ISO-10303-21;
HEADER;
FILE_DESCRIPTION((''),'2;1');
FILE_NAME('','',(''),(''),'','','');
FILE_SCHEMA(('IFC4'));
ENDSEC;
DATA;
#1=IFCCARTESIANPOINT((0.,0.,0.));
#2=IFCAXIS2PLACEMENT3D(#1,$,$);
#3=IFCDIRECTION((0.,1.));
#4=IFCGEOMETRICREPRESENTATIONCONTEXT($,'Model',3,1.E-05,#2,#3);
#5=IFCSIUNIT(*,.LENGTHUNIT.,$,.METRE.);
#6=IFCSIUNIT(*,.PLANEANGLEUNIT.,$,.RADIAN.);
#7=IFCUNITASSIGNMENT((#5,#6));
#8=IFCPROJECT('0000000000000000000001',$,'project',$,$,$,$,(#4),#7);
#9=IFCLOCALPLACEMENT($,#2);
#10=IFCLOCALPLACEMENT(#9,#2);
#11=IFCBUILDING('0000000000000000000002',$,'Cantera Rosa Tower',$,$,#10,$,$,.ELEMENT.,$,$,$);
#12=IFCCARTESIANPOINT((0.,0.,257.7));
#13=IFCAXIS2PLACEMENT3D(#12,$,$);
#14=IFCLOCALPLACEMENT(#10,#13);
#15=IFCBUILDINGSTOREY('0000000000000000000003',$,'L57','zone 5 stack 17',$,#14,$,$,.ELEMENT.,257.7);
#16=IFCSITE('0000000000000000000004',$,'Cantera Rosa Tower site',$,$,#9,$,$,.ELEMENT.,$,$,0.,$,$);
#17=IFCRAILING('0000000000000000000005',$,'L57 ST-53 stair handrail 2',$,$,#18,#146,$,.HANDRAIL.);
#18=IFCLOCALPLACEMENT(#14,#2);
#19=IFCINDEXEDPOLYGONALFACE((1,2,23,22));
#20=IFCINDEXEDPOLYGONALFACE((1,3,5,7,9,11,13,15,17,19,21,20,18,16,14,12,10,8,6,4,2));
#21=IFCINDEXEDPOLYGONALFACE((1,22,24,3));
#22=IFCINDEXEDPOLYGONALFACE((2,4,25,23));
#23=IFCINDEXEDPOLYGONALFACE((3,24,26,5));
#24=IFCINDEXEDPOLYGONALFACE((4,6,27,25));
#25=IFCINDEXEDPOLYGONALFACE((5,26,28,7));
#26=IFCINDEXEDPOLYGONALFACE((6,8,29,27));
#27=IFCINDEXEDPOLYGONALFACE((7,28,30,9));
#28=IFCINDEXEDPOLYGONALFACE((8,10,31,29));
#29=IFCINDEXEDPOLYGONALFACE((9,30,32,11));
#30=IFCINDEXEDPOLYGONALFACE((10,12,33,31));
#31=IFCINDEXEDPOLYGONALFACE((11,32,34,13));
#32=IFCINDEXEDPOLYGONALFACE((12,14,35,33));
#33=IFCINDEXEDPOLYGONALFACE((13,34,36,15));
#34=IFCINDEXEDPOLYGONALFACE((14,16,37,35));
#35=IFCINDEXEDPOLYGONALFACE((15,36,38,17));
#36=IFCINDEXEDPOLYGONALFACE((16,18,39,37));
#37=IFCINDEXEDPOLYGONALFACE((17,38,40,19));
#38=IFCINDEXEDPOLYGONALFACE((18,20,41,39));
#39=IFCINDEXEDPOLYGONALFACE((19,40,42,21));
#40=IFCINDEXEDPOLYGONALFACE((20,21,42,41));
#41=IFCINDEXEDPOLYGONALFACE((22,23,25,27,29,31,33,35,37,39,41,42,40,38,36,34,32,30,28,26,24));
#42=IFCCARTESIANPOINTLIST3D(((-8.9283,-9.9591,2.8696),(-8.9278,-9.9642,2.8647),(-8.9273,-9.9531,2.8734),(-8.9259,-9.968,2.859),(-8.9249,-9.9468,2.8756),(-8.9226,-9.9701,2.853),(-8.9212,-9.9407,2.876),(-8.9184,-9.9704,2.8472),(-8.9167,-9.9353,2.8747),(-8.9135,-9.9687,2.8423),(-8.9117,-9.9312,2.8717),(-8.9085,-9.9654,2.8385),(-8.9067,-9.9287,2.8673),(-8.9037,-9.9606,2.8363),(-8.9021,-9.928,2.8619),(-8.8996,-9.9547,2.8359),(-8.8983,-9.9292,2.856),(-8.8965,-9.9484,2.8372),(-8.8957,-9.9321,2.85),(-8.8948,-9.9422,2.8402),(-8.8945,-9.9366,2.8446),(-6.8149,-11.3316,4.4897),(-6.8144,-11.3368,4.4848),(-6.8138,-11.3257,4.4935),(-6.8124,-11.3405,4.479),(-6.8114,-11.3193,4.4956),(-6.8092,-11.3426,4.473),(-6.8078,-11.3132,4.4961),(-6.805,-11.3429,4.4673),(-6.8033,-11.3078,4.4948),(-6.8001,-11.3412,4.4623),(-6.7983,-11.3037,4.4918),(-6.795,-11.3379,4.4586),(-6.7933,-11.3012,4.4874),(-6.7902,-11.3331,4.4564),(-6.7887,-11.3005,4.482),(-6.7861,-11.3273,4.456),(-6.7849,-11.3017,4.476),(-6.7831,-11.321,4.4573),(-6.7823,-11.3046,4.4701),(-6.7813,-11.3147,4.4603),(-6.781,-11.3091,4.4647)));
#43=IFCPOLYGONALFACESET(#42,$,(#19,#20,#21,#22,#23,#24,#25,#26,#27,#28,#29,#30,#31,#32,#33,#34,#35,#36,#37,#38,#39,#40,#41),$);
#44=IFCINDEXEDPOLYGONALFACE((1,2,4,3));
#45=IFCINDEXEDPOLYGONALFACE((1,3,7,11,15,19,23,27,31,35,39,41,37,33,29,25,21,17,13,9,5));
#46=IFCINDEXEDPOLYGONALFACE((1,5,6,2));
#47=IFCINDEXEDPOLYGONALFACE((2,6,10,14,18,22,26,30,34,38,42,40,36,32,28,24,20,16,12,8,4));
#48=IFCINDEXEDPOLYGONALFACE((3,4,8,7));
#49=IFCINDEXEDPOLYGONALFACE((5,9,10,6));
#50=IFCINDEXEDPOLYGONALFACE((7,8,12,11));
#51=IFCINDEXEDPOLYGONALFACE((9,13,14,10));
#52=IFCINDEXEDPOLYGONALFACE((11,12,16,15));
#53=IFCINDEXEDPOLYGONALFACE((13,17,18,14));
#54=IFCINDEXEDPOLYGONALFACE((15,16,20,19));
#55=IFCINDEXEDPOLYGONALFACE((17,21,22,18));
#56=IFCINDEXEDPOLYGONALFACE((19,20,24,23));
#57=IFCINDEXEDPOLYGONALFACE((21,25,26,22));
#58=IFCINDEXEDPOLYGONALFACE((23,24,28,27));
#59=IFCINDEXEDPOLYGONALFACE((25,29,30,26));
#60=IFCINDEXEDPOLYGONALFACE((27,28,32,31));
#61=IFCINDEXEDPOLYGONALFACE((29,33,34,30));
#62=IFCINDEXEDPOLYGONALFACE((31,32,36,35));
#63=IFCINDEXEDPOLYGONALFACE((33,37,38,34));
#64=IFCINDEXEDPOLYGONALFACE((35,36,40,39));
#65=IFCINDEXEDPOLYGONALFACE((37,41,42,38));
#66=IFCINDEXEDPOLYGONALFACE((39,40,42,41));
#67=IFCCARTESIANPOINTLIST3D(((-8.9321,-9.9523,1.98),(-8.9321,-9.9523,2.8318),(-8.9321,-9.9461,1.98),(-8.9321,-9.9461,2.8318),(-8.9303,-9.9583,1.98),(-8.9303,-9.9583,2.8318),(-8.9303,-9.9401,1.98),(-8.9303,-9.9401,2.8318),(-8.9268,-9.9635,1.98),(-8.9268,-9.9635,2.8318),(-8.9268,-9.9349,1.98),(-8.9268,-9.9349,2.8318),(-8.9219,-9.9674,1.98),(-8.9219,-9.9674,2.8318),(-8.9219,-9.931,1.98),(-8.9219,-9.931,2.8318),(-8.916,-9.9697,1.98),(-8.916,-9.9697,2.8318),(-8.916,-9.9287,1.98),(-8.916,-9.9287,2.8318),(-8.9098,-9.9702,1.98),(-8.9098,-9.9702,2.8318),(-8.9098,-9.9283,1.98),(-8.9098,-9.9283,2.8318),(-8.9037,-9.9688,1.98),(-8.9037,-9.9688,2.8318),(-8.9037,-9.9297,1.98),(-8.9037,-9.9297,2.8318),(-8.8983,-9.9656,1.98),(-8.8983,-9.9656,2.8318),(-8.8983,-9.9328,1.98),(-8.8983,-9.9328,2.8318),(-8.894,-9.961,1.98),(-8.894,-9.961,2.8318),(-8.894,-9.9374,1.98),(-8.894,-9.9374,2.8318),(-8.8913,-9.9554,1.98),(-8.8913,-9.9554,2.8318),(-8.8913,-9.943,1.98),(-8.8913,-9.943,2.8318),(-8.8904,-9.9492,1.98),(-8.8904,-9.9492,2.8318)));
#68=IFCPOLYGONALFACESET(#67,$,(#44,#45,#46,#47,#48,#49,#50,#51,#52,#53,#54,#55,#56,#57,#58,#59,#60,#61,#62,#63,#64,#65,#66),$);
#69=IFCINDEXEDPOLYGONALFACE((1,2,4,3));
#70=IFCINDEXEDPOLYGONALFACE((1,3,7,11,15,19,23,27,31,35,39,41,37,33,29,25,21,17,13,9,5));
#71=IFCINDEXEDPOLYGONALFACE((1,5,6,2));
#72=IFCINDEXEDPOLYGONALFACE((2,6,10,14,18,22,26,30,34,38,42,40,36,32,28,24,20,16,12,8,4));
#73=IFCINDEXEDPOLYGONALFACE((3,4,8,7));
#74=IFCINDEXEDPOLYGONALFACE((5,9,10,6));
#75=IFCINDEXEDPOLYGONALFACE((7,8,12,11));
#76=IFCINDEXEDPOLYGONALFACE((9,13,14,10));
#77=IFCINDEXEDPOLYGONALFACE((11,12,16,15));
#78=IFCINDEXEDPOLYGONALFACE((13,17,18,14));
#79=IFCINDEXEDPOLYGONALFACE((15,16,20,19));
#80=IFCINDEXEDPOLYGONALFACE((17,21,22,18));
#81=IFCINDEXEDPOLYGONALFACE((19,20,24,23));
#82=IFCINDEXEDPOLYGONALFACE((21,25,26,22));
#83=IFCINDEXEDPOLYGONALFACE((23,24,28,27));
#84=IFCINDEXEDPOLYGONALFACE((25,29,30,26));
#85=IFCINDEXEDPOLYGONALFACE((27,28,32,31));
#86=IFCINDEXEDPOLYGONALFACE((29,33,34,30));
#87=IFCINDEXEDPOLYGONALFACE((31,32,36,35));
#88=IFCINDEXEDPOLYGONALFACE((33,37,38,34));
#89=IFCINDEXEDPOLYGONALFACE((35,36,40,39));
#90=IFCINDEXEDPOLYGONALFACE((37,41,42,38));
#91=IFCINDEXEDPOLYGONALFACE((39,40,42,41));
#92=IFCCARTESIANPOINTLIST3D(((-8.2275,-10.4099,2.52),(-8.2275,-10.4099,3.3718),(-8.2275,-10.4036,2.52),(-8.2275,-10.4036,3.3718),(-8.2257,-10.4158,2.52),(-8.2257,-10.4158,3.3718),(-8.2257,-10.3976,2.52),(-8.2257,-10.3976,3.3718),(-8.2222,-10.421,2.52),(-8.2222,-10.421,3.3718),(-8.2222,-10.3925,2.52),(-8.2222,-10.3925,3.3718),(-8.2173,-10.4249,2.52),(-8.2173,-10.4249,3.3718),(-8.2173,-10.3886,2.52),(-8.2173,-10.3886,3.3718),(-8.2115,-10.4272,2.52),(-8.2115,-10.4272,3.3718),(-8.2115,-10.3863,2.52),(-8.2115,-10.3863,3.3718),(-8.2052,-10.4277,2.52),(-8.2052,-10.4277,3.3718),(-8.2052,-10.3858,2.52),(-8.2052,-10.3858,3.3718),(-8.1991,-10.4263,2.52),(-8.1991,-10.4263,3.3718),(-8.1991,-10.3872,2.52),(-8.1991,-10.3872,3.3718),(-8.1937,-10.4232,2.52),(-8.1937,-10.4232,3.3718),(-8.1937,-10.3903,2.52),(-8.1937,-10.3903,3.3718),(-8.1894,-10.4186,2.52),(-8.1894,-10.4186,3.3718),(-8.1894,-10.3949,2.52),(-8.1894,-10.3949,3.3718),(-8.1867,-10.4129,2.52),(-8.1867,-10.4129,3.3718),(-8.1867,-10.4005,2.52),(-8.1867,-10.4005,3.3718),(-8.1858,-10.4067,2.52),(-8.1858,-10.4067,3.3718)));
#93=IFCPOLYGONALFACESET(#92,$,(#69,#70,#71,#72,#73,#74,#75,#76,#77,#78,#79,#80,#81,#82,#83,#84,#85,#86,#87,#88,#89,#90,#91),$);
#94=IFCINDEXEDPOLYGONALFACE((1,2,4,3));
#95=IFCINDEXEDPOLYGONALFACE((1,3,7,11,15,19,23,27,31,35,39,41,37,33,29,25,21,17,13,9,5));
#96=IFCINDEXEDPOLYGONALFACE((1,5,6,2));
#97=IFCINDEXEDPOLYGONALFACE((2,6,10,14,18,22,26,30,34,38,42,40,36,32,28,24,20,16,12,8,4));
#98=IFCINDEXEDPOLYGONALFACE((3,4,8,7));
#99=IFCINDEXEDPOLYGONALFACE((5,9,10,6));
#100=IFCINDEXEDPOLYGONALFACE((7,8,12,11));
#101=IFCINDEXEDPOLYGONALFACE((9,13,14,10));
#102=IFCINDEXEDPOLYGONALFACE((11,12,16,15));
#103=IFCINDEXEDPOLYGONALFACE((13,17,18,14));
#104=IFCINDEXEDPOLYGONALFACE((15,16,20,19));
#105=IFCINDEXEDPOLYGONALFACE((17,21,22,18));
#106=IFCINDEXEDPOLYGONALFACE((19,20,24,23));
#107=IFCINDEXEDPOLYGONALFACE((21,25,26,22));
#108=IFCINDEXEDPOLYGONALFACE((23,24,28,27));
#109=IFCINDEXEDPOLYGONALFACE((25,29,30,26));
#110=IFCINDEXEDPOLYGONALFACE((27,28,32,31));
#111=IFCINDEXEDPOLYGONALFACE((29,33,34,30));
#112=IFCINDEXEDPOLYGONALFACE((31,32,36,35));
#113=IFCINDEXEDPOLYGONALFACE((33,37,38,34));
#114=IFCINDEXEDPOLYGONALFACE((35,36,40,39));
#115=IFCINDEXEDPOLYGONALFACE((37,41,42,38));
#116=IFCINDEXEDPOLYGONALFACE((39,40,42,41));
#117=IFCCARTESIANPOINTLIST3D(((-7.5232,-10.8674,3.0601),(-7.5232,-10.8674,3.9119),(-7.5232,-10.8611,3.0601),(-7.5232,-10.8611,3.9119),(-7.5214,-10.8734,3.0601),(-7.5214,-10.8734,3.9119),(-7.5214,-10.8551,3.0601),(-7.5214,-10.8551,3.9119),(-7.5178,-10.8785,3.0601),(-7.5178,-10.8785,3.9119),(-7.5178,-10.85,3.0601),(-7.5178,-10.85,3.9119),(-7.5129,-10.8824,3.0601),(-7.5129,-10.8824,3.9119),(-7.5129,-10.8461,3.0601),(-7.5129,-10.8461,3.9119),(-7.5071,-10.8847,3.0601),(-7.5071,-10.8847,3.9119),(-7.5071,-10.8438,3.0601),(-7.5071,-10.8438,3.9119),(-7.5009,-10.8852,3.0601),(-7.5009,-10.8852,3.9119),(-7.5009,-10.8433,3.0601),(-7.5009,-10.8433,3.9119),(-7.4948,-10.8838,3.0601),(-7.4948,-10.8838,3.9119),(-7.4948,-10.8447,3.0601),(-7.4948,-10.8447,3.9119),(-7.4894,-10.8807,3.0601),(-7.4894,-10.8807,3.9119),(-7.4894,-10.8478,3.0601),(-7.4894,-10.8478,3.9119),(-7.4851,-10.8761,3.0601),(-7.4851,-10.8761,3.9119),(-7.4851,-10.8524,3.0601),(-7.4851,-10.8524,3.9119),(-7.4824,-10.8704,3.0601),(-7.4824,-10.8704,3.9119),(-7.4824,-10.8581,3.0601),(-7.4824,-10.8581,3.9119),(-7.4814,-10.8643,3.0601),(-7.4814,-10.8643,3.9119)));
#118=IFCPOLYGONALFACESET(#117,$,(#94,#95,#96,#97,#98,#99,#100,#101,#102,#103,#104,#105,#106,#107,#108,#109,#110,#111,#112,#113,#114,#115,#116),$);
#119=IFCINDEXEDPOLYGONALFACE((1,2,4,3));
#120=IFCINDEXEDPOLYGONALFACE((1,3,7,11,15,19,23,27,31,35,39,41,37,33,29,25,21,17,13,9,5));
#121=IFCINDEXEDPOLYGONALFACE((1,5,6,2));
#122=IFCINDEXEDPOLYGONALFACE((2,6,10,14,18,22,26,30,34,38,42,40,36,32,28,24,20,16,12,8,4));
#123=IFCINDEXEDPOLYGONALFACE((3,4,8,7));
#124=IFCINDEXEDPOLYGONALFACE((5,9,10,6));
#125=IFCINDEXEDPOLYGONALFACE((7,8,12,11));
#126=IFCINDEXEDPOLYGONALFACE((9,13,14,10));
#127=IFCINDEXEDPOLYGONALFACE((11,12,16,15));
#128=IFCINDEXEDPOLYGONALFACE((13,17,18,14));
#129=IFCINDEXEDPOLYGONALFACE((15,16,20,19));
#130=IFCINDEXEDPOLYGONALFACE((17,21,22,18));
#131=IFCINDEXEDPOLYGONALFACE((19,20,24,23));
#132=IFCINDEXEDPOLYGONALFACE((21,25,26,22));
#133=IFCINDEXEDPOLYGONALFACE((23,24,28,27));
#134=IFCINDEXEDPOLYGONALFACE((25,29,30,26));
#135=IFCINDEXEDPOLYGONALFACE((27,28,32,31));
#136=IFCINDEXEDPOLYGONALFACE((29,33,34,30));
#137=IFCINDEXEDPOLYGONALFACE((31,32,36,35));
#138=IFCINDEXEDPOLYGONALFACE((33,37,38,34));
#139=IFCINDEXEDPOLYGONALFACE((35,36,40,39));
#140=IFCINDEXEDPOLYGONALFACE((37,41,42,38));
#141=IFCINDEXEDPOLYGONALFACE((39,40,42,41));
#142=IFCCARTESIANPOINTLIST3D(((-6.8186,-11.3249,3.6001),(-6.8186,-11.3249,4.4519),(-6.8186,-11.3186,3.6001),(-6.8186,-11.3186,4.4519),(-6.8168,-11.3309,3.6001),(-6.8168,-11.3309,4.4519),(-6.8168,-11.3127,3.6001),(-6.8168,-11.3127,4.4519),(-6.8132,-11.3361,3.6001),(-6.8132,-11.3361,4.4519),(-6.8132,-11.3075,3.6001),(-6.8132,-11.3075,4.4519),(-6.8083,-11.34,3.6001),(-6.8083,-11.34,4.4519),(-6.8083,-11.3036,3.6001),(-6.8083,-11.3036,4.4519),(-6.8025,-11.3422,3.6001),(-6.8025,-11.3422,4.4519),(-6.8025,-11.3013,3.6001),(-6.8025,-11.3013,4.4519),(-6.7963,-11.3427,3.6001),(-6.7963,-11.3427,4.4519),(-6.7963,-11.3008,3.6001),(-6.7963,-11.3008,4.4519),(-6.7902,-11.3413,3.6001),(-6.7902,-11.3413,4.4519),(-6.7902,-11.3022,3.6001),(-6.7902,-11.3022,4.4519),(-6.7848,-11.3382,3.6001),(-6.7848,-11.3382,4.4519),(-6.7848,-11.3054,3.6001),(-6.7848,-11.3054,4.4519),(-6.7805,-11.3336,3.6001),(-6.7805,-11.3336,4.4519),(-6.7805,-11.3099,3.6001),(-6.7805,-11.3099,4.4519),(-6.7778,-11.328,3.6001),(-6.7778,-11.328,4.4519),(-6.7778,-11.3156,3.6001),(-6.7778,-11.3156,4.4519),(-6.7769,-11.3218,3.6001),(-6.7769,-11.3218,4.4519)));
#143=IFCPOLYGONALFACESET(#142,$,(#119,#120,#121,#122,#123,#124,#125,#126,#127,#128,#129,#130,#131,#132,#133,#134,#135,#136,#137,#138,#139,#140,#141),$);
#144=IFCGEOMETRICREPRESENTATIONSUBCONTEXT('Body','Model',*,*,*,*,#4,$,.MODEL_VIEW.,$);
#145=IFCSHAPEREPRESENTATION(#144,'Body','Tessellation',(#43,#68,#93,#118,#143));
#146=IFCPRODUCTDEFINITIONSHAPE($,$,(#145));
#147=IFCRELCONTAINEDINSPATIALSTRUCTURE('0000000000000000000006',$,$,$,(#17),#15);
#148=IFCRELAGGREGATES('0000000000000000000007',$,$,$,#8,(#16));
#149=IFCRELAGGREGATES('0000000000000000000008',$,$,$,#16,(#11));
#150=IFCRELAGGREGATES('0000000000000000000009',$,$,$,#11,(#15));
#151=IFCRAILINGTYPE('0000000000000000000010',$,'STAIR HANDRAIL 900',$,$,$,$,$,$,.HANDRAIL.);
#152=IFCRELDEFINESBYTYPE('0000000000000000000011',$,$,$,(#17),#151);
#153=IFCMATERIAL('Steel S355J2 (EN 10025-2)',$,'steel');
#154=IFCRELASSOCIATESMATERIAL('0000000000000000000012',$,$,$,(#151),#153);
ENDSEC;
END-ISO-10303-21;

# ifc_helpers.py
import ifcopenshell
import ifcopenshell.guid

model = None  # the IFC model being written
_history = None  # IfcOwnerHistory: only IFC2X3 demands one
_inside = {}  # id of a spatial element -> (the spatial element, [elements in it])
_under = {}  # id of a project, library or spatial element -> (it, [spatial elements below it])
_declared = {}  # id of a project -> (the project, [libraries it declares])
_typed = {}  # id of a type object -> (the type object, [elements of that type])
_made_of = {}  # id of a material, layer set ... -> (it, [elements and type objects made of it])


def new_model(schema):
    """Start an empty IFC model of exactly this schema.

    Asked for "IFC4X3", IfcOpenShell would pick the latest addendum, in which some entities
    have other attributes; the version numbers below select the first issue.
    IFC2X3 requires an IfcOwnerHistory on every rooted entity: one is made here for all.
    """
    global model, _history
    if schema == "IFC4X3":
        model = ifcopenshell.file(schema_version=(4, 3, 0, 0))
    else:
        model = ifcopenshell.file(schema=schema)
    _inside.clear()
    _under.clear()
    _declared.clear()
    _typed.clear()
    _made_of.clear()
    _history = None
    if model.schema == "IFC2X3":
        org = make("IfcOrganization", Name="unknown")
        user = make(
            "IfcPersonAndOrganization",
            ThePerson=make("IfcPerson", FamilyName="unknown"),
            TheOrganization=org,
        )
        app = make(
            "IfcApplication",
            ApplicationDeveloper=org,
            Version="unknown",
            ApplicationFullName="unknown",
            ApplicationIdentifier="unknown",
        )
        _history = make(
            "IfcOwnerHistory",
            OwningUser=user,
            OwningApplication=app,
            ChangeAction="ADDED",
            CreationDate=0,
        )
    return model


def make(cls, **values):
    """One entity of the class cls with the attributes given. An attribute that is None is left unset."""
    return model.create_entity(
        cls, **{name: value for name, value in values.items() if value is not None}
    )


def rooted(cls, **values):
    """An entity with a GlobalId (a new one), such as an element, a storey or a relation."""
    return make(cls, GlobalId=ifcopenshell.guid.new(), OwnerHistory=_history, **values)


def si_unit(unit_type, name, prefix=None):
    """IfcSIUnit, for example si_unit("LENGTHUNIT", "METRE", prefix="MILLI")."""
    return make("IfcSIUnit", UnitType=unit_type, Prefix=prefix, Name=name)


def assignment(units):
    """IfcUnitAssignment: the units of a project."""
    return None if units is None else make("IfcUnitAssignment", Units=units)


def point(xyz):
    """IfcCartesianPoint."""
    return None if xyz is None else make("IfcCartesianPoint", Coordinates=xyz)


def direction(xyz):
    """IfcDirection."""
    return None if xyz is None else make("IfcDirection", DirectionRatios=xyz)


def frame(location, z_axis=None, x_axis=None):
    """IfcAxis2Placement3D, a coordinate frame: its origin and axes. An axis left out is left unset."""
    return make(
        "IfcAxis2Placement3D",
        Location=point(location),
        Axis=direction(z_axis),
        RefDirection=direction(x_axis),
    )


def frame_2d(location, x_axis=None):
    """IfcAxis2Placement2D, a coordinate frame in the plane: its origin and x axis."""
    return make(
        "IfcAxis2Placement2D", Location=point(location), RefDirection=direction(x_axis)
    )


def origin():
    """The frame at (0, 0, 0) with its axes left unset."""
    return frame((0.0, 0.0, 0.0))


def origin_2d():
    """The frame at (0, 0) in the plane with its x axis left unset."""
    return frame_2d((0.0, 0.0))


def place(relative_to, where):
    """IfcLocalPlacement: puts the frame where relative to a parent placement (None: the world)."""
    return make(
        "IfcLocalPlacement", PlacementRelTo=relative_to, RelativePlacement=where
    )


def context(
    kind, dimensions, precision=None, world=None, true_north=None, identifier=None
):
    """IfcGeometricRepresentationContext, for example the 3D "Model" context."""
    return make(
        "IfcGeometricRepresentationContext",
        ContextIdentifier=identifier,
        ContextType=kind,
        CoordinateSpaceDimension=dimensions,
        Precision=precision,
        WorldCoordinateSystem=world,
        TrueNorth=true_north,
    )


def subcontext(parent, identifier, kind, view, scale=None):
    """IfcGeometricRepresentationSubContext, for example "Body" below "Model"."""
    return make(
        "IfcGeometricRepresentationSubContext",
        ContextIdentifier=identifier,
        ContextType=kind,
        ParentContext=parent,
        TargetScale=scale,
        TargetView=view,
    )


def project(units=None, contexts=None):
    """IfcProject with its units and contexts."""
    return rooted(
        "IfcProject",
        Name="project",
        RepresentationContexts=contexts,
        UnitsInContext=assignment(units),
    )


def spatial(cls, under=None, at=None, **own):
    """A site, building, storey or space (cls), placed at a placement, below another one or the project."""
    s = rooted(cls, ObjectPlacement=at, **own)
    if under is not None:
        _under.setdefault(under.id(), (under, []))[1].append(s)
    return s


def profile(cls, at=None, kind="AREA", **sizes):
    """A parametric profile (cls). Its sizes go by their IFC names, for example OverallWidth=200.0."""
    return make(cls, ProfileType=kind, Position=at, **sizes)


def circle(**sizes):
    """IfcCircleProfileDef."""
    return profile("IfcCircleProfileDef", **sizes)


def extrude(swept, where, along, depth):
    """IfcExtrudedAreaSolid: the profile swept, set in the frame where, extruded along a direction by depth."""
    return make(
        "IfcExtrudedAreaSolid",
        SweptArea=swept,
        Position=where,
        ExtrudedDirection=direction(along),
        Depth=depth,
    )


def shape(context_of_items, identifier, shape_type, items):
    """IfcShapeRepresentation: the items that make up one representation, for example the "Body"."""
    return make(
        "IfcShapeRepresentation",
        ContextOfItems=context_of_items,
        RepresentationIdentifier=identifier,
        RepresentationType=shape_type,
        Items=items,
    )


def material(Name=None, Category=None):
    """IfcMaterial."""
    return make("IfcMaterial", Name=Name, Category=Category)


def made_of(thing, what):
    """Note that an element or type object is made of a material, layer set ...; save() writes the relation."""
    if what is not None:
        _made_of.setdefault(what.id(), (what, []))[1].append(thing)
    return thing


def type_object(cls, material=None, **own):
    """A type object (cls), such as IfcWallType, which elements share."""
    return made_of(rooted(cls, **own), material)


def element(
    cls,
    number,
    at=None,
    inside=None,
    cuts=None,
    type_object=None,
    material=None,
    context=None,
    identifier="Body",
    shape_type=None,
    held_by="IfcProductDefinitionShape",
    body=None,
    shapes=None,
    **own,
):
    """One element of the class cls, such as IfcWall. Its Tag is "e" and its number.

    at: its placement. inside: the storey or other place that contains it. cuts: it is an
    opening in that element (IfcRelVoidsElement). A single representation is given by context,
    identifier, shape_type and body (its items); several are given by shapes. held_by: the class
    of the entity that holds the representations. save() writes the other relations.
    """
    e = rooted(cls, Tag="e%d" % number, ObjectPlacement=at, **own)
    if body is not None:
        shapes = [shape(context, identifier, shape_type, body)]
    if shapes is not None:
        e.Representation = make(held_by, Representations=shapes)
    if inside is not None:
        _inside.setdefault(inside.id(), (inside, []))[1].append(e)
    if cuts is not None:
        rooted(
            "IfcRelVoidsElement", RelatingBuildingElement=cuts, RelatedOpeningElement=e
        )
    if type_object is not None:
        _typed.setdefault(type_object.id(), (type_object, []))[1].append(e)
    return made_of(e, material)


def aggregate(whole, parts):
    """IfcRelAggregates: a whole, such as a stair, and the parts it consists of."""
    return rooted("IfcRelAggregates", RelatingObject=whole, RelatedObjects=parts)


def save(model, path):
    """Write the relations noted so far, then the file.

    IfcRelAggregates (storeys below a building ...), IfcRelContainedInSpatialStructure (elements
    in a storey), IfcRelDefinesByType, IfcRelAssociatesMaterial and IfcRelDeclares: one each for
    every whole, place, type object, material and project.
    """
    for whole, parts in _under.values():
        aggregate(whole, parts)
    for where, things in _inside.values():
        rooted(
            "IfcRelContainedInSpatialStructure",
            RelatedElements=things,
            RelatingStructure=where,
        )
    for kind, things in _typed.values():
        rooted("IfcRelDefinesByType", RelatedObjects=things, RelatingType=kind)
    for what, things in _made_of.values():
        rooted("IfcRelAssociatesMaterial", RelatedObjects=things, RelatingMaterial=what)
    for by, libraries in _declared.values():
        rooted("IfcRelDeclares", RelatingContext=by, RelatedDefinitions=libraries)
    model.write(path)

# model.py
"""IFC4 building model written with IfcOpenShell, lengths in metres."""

from ifc_helpers import new_model, si_unit, direction, frame, origin, origin_2d, place, context, subcontext, project, spatial, circle, extrude, material, type_object, element, save


model = new_model("IFC4")

# Units and contexts
model_context = context("Model", 3, precision=1e-05, world=origin(), true_north=direction((0.0, 1.0)))
body_context = subcontext(model_context, "Body", "Model", "MODEL_VIEW")
ifc_project = project(units=[si_unit("LENGTHUNIT", "METRE"), si_unit("PLANEANGLEUNIT", "RADIAN")], contexts=[model_context])

# Site, building, storey
site_placement = place(None, origin())
site = spatial("IfcSite", under=ifc_project, at=site_placement, Name="Cantera Rosa Tower site", CompositionType="ELEMENT", RefElevation=0.0)
building_placement = place(site_placement, origin())
building = spatial("IfcBuilding", under=site, at=building_placement, Name="Cantera Rosa Tower", CompositionType="ELEMENT")
storey_placement = place(building_placement, frame((0.0, 0.0, 257.7)))
storey = spatial("IfcBuildingStorey", under=building, at=storey_placement, Name="L57", Description="zone 5 stack 17", CompositionType="ELEMENT", Elevation=257.7)

# Railing
ifc_material_1 = material(Name="Steel S355J2 (EN 10025-2)", Category="steel")
railing_type_1 = type_object("IfcRailingType", Name="STAIR HANDRAIL 900", PredefinedType="HANDRAIL", material=ifc_material_1)
railing_1_placement = place(storey_placement, frame((-8.9114, -9.9492, 1.98)))
element("IfcRailing", 1, at=railing_1_placement, inside=storey, type_object=railing_type_1, Name="L57 ST-53 stair handrail 2", PredefinedType="HANDRAIL", context=body_context, shape_type="SweptSolid", body=[
    extrude(circle(Radius=0.0239, at=origin_2d()), frame((0.0, 0.0, 0.876), z_axis=(0.705462, -0.458139, 0.54077), x_axis=(0.544644, 0.838667, 0.0)), (0.0, 0.0, 1.0), 2.9958),
    extrude(circle(Radius=0.021, at=origin_2d()), origin(), (0.0, 0.0, 1.0), 0.8518),
    extrude(circle(Radius=0.021, at=origin_2d()), frame((0.7046, -0.4575, 0.54)), (0.0, 0.0, 1.0), 0.8518),
    extrude(circle(Radius=0.021, at=origin_2d()), frame((1.4089, -0.915, 1.0801)), (0.0, 0.0, 1.0), 0.8518),
    extrude(circle(Radius=0.021, at=origin_2d()), frame((2.1135, -1.3726, 1.6201)), (0.0, 0.0, 1.0), 0.8518),
])

save(model, "model.ifc")
